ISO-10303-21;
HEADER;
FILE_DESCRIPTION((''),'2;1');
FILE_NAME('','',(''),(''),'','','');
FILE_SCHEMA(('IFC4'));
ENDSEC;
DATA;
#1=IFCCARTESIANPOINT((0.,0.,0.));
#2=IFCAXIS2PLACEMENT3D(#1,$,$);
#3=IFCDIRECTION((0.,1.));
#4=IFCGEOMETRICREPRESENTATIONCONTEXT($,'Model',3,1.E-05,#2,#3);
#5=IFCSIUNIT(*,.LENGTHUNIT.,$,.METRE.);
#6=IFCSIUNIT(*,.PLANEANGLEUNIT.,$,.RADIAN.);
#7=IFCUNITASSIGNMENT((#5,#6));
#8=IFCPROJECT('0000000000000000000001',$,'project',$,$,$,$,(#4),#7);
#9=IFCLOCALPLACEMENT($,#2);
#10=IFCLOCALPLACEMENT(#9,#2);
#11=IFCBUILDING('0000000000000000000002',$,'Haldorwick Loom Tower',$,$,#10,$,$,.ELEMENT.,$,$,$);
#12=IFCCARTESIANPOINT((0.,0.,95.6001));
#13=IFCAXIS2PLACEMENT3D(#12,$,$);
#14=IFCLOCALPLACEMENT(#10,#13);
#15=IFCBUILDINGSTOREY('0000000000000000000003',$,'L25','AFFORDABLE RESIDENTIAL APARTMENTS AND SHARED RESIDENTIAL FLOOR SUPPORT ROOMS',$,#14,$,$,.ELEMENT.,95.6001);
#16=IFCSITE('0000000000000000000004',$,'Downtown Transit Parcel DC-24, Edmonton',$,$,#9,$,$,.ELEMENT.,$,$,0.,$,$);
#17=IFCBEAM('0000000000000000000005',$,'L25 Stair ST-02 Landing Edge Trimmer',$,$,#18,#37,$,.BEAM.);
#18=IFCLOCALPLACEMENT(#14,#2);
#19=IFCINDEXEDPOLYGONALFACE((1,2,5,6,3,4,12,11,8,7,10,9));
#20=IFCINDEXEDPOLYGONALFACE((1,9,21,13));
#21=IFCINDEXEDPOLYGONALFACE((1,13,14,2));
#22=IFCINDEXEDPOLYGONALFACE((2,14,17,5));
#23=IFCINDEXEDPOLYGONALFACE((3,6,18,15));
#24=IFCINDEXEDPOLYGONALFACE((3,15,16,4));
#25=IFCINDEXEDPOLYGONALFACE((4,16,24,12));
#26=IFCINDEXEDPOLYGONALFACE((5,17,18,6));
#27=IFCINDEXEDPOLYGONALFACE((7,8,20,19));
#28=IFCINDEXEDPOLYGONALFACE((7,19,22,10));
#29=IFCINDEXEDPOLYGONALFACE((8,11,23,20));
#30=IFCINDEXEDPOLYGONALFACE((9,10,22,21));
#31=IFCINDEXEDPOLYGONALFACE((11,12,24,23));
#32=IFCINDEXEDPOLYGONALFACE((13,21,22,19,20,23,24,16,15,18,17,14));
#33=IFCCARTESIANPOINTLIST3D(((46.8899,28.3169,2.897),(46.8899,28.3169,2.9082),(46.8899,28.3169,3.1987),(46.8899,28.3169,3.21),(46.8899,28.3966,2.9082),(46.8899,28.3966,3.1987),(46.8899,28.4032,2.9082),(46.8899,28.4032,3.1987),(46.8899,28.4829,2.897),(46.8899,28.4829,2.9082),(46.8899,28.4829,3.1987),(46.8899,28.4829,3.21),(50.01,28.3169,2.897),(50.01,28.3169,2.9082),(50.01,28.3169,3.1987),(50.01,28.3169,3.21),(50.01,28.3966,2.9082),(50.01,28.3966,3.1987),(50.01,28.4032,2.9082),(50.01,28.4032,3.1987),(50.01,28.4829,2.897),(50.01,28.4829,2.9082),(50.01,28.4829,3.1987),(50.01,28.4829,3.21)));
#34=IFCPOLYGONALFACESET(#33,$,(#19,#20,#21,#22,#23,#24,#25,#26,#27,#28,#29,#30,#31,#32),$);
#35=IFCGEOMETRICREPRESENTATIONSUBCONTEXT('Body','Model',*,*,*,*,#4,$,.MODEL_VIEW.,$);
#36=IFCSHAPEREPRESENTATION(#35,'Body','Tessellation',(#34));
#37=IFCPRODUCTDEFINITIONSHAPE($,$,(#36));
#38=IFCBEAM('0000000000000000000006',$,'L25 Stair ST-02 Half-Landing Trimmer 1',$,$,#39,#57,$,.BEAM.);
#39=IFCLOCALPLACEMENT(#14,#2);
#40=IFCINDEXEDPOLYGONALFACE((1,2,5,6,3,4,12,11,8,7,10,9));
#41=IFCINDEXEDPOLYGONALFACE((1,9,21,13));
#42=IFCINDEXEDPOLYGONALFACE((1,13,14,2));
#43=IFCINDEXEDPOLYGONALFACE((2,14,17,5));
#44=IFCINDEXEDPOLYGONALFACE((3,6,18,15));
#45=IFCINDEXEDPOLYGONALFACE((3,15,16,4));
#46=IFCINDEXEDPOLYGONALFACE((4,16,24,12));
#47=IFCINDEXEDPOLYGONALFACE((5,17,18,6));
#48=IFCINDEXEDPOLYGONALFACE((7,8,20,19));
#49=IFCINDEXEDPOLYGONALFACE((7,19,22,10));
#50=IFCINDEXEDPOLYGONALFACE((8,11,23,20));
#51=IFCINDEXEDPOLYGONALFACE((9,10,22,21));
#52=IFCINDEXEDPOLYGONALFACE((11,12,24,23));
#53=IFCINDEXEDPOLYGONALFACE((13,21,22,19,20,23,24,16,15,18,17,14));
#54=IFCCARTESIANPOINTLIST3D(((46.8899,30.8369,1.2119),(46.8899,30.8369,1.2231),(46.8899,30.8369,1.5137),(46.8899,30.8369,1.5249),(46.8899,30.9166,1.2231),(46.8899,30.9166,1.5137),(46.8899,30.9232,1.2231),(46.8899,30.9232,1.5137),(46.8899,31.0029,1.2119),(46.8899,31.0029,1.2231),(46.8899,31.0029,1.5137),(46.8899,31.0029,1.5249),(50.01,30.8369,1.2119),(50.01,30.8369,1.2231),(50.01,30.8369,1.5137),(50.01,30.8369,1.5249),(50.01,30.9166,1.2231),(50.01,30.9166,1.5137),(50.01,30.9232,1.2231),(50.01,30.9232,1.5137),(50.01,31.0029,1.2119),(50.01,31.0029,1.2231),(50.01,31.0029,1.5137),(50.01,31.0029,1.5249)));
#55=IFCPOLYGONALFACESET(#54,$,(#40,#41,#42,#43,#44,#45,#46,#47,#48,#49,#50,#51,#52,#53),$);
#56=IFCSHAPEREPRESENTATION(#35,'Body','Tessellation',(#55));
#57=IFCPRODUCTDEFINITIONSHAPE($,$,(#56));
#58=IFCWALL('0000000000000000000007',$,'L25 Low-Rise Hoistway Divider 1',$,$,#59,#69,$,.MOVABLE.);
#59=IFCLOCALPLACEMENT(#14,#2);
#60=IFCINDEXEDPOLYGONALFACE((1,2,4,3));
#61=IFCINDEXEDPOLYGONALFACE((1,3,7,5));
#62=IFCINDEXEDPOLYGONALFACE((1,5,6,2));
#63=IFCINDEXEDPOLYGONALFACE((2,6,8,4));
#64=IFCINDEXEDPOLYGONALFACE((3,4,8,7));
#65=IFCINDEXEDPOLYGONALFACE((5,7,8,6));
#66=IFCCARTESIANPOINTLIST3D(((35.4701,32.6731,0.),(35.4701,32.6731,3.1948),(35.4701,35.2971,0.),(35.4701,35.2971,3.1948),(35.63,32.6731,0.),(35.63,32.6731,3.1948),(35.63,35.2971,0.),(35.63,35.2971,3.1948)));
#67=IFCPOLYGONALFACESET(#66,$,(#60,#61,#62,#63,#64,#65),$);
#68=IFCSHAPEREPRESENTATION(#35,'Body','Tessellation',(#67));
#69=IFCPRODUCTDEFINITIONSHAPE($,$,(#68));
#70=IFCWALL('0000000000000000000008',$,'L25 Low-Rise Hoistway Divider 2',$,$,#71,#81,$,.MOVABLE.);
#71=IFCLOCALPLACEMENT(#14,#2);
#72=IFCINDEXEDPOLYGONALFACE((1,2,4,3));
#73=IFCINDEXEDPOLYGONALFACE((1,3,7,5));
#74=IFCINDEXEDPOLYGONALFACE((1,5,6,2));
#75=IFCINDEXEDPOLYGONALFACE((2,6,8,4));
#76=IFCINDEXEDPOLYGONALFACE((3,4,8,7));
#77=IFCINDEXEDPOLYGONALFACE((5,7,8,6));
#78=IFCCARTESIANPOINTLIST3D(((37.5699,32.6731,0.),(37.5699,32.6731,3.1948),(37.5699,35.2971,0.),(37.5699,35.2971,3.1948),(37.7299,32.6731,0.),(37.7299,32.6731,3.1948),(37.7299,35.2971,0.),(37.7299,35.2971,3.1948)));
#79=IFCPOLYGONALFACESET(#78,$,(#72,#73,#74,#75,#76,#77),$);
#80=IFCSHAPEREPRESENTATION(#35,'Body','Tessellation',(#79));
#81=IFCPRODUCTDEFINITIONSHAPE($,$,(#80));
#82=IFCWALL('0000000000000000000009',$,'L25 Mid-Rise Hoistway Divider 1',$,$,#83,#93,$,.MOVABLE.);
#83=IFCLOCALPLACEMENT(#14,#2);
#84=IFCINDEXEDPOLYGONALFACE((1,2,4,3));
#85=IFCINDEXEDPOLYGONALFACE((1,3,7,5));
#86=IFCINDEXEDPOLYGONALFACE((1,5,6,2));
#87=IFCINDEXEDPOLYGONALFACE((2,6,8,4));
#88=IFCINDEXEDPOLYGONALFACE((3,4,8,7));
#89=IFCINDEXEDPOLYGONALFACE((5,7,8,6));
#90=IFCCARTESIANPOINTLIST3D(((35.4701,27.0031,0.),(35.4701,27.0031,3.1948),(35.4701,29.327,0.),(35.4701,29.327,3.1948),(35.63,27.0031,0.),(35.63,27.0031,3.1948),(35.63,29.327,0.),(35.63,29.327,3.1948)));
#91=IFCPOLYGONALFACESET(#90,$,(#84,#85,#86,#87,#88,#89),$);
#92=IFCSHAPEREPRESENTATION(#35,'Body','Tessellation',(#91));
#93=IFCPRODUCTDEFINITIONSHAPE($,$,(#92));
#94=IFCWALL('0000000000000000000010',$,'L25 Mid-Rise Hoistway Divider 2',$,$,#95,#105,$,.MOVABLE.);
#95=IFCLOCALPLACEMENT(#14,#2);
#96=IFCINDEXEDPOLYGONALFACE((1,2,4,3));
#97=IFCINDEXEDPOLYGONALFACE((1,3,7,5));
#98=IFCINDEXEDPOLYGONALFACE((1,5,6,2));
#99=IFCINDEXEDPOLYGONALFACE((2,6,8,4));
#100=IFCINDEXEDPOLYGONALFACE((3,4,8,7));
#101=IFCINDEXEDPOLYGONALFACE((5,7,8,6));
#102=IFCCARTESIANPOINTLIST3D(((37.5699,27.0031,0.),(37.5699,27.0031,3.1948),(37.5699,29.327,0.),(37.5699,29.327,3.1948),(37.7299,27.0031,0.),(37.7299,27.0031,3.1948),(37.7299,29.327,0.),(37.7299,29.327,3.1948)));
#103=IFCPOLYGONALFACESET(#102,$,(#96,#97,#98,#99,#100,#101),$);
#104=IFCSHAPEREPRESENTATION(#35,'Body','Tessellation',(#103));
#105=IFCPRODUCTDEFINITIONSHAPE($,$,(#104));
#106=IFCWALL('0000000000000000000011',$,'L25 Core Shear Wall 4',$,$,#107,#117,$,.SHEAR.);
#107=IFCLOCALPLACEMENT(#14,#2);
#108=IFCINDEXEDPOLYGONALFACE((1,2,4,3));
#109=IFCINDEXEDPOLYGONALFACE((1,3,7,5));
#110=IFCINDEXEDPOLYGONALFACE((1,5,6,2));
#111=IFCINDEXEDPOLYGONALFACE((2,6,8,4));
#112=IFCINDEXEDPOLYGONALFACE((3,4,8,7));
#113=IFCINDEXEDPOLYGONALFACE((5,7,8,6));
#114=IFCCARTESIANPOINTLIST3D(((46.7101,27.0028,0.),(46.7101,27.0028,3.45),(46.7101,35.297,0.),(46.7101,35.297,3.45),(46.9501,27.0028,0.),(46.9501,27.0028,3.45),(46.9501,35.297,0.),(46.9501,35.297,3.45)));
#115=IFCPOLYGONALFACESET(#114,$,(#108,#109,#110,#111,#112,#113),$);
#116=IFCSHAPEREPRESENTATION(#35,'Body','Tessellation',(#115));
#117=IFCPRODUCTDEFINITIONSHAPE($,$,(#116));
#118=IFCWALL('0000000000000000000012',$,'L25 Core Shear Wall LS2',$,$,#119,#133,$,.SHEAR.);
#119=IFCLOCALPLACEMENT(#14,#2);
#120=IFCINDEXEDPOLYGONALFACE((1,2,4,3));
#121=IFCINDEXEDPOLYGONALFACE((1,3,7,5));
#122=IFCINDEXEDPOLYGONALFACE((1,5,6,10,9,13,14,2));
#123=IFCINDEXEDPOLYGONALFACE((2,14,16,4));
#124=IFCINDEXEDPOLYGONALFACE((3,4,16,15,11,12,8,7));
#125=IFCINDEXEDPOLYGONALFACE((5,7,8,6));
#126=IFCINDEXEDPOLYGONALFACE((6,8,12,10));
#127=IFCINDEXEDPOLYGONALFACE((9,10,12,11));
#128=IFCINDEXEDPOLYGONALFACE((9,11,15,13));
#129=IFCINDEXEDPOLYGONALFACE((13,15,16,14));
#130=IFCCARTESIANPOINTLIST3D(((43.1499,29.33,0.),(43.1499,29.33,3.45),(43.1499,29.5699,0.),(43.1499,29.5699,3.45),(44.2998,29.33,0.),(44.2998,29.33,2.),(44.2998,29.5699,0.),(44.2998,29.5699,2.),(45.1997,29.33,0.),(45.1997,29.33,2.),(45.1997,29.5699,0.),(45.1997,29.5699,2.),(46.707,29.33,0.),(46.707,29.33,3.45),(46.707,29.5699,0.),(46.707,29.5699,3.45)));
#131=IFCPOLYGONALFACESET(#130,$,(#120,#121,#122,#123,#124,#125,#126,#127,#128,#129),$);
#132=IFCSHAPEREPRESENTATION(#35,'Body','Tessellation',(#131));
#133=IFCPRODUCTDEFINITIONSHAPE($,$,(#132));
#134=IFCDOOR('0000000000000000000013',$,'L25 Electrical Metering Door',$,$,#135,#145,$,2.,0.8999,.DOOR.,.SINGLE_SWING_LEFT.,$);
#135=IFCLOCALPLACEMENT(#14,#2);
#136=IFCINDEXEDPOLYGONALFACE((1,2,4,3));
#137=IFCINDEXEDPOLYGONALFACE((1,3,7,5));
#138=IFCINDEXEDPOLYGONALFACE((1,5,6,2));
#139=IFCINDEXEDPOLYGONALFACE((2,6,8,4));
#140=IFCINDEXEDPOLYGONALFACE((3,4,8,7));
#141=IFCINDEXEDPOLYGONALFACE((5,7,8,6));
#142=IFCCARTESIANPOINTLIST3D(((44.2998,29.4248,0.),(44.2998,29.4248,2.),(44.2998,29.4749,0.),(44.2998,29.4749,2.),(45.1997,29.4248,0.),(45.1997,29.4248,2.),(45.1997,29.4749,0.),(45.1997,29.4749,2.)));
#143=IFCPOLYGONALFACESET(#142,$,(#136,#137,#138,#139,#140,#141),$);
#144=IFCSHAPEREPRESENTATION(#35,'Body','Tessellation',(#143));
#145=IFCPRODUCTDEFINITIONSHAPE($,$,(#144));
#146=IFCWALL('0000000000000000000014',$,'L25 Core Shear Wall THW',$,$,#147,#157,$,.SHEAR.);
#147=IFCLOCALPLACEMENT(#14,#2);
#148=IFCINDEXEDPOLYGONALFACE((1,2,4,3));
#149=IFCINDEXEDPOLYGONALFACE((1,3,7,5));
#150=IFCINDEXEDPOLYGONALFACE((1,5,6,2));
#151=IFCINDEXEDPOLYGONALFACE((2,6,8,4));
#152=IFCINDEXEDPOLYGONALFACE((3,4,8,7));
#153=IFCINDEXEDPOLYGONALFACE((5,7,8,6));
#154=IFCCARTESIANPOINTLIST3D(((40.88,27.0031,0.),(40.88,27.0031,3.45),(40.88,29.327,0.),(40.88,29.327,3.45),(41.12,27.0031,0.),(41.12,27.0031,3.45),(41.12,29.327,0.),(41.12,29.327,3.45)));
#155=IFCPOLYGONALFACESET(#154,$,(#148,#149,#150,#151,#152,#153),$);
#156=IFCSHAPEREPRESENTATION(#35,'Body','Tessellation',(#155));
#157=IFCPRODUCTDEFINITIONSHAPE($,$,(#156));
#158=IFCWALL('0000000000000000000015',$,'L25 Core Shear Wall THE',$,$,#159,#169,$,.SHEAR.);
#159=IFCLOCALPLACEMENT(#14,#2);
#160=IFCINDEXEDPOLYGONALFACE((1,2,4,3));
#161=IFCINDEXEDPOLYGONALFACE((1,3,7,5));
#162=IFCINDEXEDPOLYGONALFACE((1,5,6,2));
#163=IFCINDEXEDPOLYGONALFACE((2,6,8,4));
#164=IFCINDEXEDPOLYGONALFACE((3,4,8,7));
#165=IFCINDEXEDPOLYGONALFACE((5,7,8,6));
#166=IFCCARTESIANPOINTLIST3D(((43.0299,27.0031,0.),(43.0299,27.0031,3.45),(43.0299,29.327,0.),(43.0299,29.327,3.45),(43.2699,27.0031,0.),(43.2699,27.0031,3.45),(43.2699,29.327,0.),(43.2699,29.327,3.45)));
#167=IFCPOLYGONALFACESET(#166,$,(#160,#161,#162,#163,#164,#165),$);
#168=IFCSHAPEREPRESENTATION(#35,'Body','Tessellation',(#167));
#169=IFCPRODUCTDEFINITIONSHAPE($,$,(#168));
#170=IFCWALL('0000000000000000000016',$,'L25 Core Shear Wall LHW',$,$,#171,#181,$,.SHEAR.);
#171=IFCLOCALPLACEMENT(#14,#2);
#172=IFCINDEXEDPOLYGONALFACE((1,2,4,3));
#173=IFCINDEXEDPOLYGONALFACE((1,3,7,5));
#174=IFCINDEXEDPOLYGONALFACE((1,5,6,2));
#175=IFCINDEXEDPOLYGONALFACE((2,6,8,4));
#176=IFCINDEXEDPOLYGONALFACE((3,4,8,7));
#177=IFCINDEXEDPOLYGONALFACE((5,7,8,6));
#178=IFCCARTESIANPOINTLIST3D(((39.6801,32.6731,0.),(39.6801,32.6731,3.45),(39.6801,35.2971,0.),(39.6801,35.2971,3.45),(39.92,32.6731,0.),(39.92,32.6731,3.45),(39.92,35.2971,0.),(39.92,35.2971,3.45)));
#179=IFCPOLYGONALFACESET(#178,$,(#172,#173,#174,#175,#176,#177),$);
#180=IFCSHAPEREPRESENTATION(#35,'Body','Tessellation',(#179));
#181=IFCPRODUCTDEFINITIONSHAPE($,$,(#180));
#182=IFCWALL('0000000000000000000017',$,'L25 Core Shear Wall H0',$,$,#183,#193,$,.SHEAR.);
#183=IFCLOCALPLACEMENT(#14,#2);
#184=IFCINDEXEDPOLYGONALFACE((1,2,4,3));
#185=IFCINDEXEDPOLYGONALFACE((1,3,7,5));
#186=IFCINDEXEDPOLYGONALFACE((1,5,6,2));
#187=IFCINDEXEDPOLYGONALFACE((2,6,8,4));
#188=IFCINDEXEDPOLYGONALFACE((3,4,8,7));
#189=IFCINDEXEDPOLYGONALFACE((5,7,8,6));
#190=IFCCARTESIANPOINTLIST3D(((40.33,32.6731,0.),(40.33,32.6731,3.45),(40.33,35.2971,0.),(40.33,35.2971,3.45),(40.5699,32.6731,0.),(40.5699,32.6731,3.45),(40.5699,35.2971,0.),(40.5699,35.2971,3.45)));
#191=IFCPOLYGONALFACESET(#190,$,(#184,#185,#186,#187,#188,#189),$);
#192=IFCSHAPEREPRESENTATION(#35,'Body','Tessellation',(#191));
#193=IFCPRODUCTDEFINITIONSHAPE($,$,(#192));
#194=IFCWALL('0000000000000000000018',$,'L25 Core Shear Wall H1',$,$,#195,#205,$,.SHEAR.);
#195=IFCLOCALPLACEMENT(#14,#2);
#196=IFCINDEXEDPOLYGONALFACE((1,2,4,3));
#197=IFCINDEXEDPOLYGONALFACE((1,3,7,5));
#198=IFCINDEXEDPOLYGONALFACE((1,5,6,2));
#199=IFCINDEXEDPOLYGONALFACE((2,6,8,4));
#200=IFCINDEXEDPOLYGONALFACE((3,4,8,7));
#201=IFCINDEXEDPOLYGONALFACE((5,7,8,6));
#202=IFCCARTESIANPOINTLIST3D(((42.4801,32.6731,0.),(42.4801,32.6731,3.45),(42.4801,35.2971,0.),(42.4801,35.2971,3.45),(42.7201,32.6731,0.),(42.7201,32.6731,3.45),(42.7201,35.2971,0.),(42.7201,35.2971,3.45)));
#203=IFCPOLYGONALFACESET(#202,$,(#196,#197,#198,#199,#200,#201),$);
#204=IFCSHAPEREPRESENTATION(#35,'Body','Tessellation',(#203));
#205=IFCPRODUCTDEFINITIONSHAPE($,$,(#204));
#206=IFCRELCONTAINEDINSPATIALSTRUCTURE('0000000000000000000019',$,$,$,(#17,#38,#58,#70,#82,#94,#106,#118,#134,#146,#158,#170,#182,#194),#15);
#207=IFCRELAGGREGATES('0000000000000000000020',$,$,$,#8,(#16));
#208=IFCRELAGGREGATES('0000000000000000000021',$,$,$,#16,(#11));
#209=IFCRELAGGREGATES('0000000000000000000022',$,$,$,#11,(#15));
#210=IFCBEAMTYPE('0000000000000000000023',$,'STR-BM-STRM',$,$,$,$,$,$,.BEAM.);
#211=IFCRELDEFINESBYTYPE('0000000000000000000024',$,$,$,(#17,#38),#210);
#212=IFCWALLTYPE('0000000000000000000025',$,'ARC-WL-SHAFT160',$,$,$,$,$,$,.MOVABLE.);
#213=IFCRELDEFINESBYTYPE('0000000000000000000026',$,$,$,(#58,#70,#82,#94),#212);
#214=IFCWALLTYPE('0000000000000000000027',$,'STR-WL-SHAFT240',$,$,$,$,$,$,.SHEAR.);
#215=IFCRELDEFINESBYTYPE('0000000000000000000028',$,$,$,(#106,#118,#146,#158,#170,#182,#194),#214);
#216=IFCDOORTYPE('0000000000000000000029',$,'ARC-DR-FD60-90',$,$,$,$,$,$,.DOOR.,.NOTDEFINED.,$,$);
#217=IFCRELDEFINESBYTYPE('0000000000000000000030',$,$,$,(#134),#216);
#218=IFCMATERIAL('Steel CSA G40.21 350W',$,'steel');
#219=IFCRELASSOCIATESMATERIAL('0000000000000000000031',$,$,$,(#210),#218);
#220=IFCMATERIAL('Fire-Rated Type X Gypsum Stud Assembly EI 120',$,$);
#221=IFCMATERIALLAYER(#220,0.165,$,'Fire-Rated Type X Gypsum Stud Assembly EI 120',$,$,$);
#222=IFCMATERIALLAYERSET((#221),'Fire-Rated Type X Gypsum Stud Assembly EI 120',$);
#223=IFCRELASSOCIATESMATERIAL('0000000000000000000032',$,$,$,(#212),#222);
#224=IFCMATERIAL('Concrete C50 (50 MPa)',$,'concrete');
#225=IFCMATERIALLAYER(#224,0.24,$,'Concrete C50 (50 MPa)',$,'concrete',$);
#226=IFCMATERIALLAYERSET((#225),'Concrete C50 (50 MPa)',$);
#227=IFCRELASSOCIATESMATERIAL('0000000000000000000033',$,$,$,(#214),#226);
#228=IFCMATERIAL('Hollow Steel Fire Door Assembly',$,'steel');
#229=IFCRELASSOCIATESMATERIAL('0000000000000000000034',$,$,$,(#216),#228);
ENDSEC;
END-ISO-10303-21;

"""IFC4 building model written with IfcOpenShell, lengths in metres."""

from ifc_helpers import new_model, si_unit, direction, frame, frame_2d, origin, origin_2d, place, context, subcontext, project, spatial, rectangle, i_section, extrude, material, layer, layer_set, material_profile, profile_set, type_object, element, fill, save


model = new_model("IFC4")

# Units and contexts
model_context = context("Model", 3, precision=1e-05, world=origin(), true_north=direction((0.0, 1.0)))
body_context = subcontext(model_context, "Body", "Model", "MODEL_VIEW")
ifc_project = project(units=[si_unit("LENGTHUNIT", "METRE"), si_unit("PLANEANGLEUNIT", "RADIAN")], contexts=[model_context])

# Site, building, storey
site_placement = place(None, origin())
site = spatial("IfcSite", under=ifc_project, at=site_placement, Name="Downtown Transit Parcel DC-24, Edmonton", CompositionType="ELEMENT", RefElevation=0.0)
building_placement = place(site_placement, origin())
building = spatial("IfcBuilding", under=site, at=building_placement, Name="Haldorwick Loom Tower", CompositionType="ELEMENT")
storey_placement = place(building_placement, frame((0.0, 0.0, 95.6001)))
storey = spatial("IfcBuildingStorey", under=building, at=storey_placement, Name="L25", Description="AFFORDABLE RESIDENTIAL APARTMENTS AND SHARED RESIDENTIAL FLOOR SUPPORT ROOMS", CompositionType="ELEMENT", Elevation=95.6001)

# Beams
ifc_material_1 = material(Name="Steel CSA G40.21 350W", Category="steel")
ifc_material_profile_1 = material_profile(ifc_material_1, i_section(OverallWidth=0.166, OverallDepth=0.313, WebThickness=0.0066, FlangeThickness=0.0112, at=origin_2d()), Name="W310X45", Category="steel")
ifc_profile_set_1 = profile_set([ifc_material_profile_1], Name="Steel CSA G40.21 350W")
beam_type_1 = type_object("IfcBeamType", Name="STR-BM-STRM", PredefinedType="BEAM", material=ifc_profile_set_1)
for number, where, z_axis, x_axis, name in (
    (1, (46.8899, 28.3999, 3.0535), (1.0, 0.0, 0.0), (0.0, 1.0, 0.0), "L25 Stair ST-02 Landing Edge Trimmer"),
    (2, (46.8899, 30.9199, 1.3684), (1.0, 0.0, 0.0), (0.0, 1.0, 0.0), "L25 Stair ST-02 Half-Landing Trimmer 1"),
):
    element("IfcBeam", number, at=place(storey_placement, frame(where, z_axis=z_axis, x_axis=x_axis)), inside=storey, type_object=beam_type_1, Name=name, PredefinedType="BEAM", context=body_context, shape_type="SweptSolid", body=[
        extrude(i_section(OverallWidth=0.166, OverallDepth=0.313, WebThickness=0.0066, FlangeThickness=0.0112, at=origin_2d()), origin(), (0.0, 0.0, 1.0), 3.1201),
    ])

# Walls
ifc_material_2 = material(Name="Fire-Rated Type X Gypsum Stud Assembly EI 120")
ifc_layer_1 = layer(ifc_material_2, 0.165, Name="Fire-Rated Type X Gypsum Stud Assembly EI 120")
ifc_layer_set_1 = layer_set([ifc_layer_1], Name="Fire-Rated Type X Gypsum Stud Assembly EI 120")
wall_type_1 = type_object("IfcWallType", Name="ARC-WL-SHAFT160", PredefinedType="MOVABLE", material=ifc_layer_set_1)
for number, where, z_axis, x_axis, name in (
    (3, (35.55, 32.6731, 0.0), (0.0, 0.0, 1.0), (0.0, 1.0, 0.0), "L25 Low-Rise Hoistway Divider 1"),
    (4, (37.6499, 32.6731, 0.0), (0.0, 0.0, 1.0), (0.0, 1.0, 0.0), "L25 Low-Rise Hoistway Divider 2"),
):
    element("IfcWall", number, at=place(storey_placement, frame(where, z_axis=z_axis, x_axis=x_axis)), inside=storey, type_object=wall_type_1, Name=name, PredefinedType="MOVABLE", context=body_context, shape_type="SweptSolid", body=[
        extrude(rectangle(XDim=2.624, YDim=0.1599, at=frame_2d((1.312, 0.0))), origin(), (0.0, 0.0, 1.0), 3.1948),
    ])
for number, where, z_axis, x_axis, name in (
    (5, (35.55, 27.0029, 0.0), (0.0, 0.0, 1.0), (0.0, 1.0, 0.0), "L25 Mid-Rise Hoistway Divider 1"),
    (6, (37.6499, 27.0029, 0.0), (0.0, 0.0, 1.0), (0.0, 1.0, 0.0), "L25 Mid-Rise Hoistway Divider 2"),
):
    element("IfcWall", number, at=place(storey_placement, frame(where, z_axis=z_axis, x_axis=x_axis)), inside=storey, type_object=wall_type_1, Name=name, PredefinedType="MOVABLE", context=body_context, shape_type="SweptSolid", body=[
        extrude(rectangle(XDim=2.324, YDim=0.1599, at=frame_2d((1.1621, 0.0))), origin(), (0.0, 0.0, 1.0), 3.1948),
    ])
ifc_material_3 = material(Name="Concrete C50 (50 MPa)", Category="concrete")
ifc_layer_2 = layer(ifc_material_3, 0.24, Name="Concrete C50 (50 MPa)", Category="concrete")
ifc_layer_set_2 = layer_set([ifc_layer_2], Name="Concrete C50 (50 MPa)")
wall_type_2 = type_object("IfcWallType", Name="STR-WL-SHAFT240", PredefinedType="SHEAR", material=ifc_layer_set_2)
wall_1_placement = place(storey_placement, frame((46.8301, 27.0029, 0.0), z_axis=(0.0, 0.0, 1.0), x_axis=(0.0, 1.0, 0.0)))
element("IfcWall", 7, at=wall_1_placement, inside=storey, type_object=wall_type_2, Name="L25 Core Shear Wall 4", PredefinedType="SHEAR", context=body_context, shape_type="SweptSolid", body=[
    extrude(rectangle(XDim=8.2942, YDim=0.24, at=frame_2d((4.147, 0.0))), origin(), (0.0, 0.0, 1.0), 3.45),
])

# Wall, opening, door
wall_2_placement = place(storey_placement, frame((43.1499, 29.45, 0.0), z_axis=(0.0, 0.0, 1.0), x_axis=(1.0, 0.0, 0.0)))
wall_2 = element("IfcWall", 8, at=wall_2_placement, inside=storey, type_object=wall_type_2, Name="L25 Core Shear Wall LS2", PredefinedType="SHEAR", context=body_context, shape_type="SweptSolid", body=[
    extrude(rectangle(XDim=3.5571, YDim=0.24, at=frame_2d((1.7786, 0.0))), origin(), (0.0, 0.0, 1.0), 3.45),
])
opening_placement = place(wall_2_placement, frame((1.1499, 0.0, 0.0)))
opening = element("IfcOpeningElement", 9, at=opening_placement, cuts=wall_2, PredefinedType="OPENING", context=body_context, shape_type="SweptSolid", body=[
    extrude(rectangle(XDim=0.8999, YDim=2.0, at=frame_2d((0.45, 1.0))), frame((0.0, 0.1299, 0.0), z_axis=(0.0, -1.0, 0.0), x_axis=(1.0, 0.0, 0.0)), (0.0, 0.0, 1.0), 0.26),
])
ifc_material_4 = material(Name="Hollow Steel Fire Door Assembly", Category="steel")
door_type = type_object("IfcDoorType", Name="ARC-DR-FD60-90", OperationType="NOTDEFINED", PredefinedType="DOOR", material=ifc_material_4)
door_placement = place(opening_placement, origin())
door = element("IfcDoor", 10, at=door_placement, inside=storey, type_object=door_type, Name="L25 Electrical Metering Door", OperationType="SINGLE_SWING_LEFT", OverallHeight=2.0, OverallWidth=0.8999, PredefinedType="DOOR", context=body_context, shape_type="SweptSolid", body=[
    extrude(rectangle(XDim=0.8999, YDim=2.0, at=frame_2d((0.45, 1.0))), frame((0.0, 0.0249, 0.0), z_axis=(0.0, -1.0, 0.0), x_axis=(1.0, 0.0, 0.0)), (0.0, 0.0, 1.0), 0.05),
])
fill(opening, door)

# Walls
for number, where, z_axis, x_axis, name in (
    (11, (41.0, 27.0029, 0.0), (0.0, 0.0, 1.0), (0.0, 1.0, 0.0), "L25 Core Shear Wall THW"),
    (12, (43.1499, 27.0029, 0.0), (0.0, 0.0, 1.0), (0.0, 1.0, 0.0), "L25 Core Shear Wall THE"),
):
    element("IfcWall", number, at=place(storey_placement, frame(where, z_axis=z_axis, x_axis=x_axis)), inside=storey, type_object=wall_type_2, Name=name, PredefinedType="SHEAR", context=body_context, shape_type="SweptSolid", body=[
        extrude(rectangle(XDim=2.324, YDim=0.24, at=frame_2d((1.1621, 0.0))), origin(), (0.0, 0.0, 1.0), 3.45),
    ])
for number, where, z_axis, x_axis, name in (
    (13, (39.8, 32.6731, 0.0), (0.0, 0.0, 1.0), (0.0, 1.0, 0.0), "L25 Core Shear Wall LHW"),
    (14, (40.45, 32.6731, 0.0), (0.0, 0.0, 1.0), (0.0, 1.0, 0.0), "L25 Core Shear Wall H0"),
    (15, (42.6001, 32.6731, 0.0), (0.0, 0.0, 1.0), (0.0, 1.0, 0.0), "L25 Core Shear Wall H1"),
):
    element("IfcWall", number, at=place(storey_placement, frame(where, z_axis=z_axis, x_axis=x_axis)), inside=storey, type_object=wall_type_2, Name=name, PredefinedType="SHEAR", context=body_context, shape_type="SweptSolid", body=[
        extrude(rectangle(XDim=2.624, YDim=0.24, at=frame_2d((1.312, 0.0))), origin(), (0.0, 0.0, 1.0), 3.45),
    ])

save(model, "model.ifc")
